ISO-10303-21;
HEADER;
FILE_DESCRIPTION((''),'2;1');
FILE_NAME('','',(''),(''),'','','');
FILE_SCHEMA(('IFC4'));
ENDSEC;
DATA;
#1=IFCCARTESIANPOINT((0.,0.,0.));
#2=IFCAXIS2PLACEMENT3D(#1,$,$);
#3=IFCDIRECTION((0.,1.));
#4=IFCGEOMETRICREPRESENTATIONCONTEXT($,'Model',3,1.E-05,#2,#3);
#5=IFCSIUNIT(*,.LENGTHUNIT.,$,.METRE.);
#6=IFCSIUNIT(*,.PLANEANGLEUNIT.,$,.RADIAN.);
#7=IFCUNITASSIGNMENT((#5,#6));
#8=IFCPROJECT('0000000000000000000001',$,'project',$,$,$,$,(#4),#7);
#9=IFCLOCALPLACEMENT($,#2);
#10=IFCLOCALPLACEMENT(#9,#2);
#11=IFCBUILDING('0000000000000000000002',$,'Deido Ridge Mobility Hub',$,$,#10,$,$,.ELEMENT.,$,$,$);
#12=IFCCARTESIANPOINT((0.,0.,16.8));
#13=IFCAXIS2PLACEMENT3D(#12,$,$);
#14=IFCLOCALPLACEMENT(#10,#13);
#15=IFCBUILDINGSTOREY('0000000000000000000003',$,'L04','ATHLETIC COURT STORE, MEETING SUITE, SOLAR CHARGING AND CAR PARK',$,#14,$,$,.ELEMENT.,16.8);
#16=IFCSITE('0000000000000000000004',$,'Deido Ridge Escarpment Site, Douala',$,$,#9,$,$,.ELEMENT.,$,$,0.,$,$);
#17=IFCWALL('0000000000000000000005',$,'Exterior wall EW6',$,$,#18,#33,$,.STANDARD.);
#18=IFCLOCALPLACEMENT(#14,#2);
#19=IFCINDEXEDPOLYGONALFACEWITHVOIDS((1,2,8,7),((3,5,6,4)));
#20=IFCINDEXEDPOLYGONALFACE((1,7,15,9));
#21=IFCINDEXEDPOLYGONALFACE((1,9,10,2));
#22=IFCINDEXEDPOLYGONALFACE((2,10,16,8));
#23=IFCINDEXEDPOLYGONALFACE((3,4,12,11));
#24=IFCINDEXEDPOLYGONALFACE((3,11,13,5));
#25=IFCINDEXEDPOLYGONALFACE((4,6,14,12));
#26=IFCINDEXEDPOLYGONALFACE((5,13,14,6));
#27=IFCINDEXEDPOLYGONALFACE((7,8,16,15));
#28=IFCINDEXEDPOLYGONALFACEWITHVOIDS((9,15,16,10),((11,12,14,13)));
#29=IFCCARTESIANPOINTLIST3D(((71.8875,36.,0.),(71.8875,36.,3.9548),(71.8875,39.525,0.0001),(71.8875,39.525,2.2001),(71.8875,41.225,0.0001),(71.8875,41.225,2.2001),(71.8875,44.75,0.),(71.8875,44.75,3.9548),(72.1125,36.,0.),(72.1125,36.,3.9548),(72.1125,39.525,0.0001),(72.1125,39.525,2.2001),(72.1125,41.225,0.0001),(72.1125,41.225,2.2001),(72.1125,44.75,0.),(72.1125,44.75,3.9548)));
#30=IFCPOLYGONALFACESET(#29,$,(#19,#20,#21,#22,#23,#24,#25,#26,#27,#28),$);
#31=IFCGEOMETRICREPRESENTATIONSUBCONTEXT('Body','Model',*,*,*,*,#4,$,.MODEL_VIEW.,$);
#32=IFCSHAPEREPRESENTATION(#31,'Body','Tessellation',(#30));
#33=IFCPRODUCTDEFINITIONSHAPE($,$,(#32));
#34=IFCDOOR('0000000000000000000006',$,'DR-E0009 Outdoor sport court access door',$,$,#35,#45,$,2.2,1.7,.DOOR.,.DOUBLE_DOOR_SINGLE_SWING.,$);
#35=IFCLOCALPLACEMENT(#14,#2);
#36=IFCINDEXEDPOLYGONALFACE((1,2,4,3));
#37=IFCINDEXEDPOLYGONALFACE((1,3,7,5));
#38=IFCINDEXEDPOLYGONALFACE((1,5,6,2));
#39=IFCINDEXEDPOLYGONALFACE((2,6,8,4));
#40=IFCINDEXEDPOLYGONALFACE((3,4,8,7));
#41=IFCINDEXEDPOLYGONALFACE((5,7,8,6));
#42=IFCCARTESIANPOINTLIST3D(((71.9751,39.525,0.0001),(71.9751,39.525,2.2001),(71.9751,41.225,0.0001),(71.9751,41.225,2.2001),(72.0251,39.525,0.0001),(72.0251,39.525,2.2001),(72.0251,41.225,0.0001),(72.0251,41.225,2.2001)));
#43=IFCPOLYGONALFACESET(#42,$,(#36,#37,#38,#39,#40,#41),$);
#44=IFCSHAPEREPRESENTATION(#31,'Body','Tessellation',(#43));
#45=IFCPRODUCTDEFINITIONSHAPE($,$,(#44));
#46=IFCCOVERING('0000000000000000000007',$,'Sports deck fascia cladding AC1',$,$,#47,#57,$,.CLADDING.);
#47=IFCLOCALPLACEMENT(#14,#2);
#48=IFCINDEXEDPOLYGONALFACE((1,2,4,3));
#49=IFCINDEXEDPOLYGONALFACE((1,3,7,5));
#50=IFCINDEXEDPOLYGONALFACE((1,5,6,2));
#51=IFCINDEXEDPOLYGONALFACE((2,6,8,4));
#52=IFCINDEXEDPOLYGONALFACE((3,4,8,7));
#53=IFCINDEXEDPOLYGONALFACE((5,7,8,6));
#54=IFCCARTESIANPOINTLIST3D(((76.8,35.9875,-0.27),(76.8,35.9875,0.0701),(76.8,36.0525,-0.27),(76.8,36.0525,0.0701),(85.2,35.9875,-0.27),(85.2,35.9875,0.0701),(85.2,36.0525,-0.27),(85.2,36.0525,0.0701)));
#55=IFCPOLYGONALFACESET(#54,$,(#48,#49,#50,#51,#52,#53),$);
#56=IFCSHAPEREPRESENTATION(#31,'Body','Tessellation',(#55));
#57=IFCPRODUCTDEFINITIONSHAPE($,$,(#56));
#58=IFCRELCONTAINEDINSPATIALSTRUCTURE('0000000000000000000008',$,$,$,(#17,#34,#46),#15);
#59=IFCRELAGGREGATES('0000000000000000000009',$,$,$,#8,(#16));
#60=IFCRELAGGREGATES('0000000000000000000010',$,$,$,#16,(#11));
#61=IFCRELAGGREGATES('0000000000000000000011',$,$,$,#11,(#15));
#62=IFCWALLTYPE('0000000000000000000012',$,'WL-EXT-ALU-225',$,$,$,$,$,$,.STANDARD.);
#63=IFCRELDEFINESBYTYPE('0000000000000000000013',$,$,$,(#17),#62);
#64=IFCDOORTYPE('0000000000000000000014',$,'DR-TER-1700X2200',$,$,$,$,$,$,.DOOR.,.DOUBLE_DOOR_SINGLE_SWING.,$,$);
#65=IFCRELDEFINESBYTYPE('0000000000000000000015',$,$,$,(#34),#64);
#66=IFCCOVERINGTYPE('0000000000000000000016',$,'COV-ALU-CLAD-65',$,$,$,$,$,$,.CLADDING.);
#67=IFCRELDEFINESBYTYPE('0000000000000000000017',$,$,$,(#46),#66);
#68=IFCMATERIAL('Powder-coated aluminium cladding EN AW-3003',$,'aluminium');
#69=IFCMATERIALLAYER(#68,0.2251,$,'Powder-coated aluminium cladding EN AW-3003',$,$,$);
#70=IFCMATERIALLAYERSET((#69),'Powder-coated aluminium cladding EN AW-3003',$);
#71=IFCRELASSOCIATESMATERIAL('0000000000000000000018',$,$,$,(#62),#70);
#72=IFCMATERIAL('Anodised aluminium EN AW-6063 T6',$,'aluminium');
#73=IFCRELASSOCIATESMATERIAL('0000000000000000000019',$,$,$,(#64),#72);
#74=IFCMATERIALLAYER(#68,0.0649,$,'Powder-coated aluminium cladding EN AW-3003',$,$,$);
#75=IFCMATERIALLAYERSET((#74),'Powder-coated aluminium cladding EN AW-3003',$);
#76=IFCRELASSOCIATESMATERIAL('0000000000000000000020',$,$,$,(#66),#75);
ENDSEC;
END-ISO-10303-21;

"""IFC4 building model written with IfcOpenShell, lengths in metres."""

from ifc_helpers import new_model, si_unit, direction, frame, frame_2d, origin, origin_2d, place, context, subcontext, project, spatial, rectangle, extrude, material, layer, layer_set, type_object, element, fill, save


model = new_model("IFC4")

# Units and contexts
model_context = context("Model", 3, precision=1e-05, world=origin(), true_north=direction((0.0, 1.0)))
body_context = subcontext(model_context, "Body", "Model", "MODEL_VIEW")
ifc_project = project(units=[si_unit("LENGTHUNIT", "METRE"), si_unit("PLANEANGLEUNIT", "RADIAN")], contexts=[model_context])

# Site, building, storey
site_placement = place(None, origin())
site = spatial("IfcSite", under=ifc_project, at=site_placement, Name="Deido Ridge Escarpment Site, Douala", CompositionType="ELEMENT", RefElevation=0.0)
building_placement = place(site_placement, origin())
building = spatial("IfcBuilding", under=site, at=building_placement, Name="Deido Ridge Mobility Hub", CompositionType="ELEMENT")
storey_placement = place(building_placement, frame((0.0, 0.0, 16.8)))
storey = spatial("IfcBuildingStorey", under=building, at=storey_placement, Name="L04", Description="ATHLETIC COURT STORE, MEETING SUITE, SOLAR CHARGING AND CAR PARK", CompositionType="ELEMENT", Elevation=16.8)

# Shared definitions
ifc_material_1 = material(Name="Anodised aluminium EN AW-6063 T6", Category="aluminium")

# Wall, opening, door
ifc_material_2 = material(Name="Powder-coated aluminium cladding EN AW-3003", Category="aluminium")
ifc_layer_1 = layer(ifc_material_2, 0.2251, Name="Powder-coated aluminium cladding EN AW-3003")
ifc_layer_set_1 = layer_set([ifc_layer_1], Name="Powder-coated aluminium cladding EN AW-3003")
wall_type = type_object("IfcWallType", Name="WL-EXT-ALU-225", PredefinedType="STANDARD", material=ifc_layer_set_1)
wall_placement = place(storey_placement, frame((72.0, 36.0, 0.0), z_axis=(0.0, 0.0, 1.0), x_axis=(0.0, 1.0, 0.0)))
wall = element("IfcWall", 1, at=wall_placement, inside=storey, type_object=wall_type, Name="Exterior wall EW6", PredefinedType="STANDARD", context=body_context, shape_type="SweptSolid", body=[
    extrude(rectangle(XDim=8.75, YDim=0.2251, at=frame_2d((4.375, 0.0))), origin(), (0.0, 0.0, 1.0), 3.9548),
])
opening_placement = place(wall_placement, frame((3.5249, 0.0, 0.0)))
opening = element("IfcOpeningElement", 2, at=opening_placement, cuts=wall, PredefinedType="OPENING", context=body_context, shape_type="SweptSolid", body=[
    extrude(rectangle(XDim=1.7, YDim=2.2, at=frame_2d((0.8501, 1.1001))), frame((0.0, 0.1226, 0.0), z_axis=(0.0, -1.0, 0.0), x_axis=(1.0, 0.0, 0.0)), (0.0, 0.0, 1.0), 0.2451),
])
door_type = type_object("IfcDoorType", Name="DR-TER-1700X2200", OperationType="DOUBLE_DOOR_SINGLE_SWING", PredefinedType="DOOR", material=ifc_material_1)
door_placement = place(opening_placement, origin())
door = element("IfcDoor", 3, at=door_placement, inside=storey, type_object=door_type, Name="DR-E0009 Outdoor sport court access door", OperationType="DOUBLE_DOOR_SINGLE_SWING", OverallHeight=2.2, OverallWidth=1.7, PredefinedType="DOOR", context=body_context, shape_type="SweptSolid", body=[
    extrude(rectangle(XDim=1.7, YDim=2.2, at=frame_2d((0.8501, 1.1001))), frame((0.0, 0.0249, 0.0), z_axis=(0.0, -1.0, 0.0), x_axis=(1.0, 0.0, 0.0)), (0.0, 0.0, 1.0), 0.05),
])
fill(opening, door)

# Covering
ifc_layer_2 = layer(ifc_material_2, 0.0649, Name="Powder-coated aluminium cladding EN AW-3003")
ifc_layer_set_2 = layer_set([ifc_layer_2], Name="Powder-coated aluminium cladding EN AW-3003")
covering_type = type_object("IfcCoveringType", Name="COV-ALU-CLAD-65", PredefinedType="CLADDING", material=ifc_layer_set_2)
covering_placement = place(storey_placement, frame((81.0, 36.02, -0.27), z_axis=(0.0, 0.0, 1.0), x_axis=(1.0, 0.0, 0.0)))
element("IfcCovering", 4, at=covering_placement, inside=storey, type_object=covering_type, Name="Sports deck fascia cladding AC1", PredefinedType="CLADDING", context=body_context, shape_type="SweptSolid", body=[
    extrude(rectangle(XDim=8.3999, YDim=0.0649, at=origin_2d()), origin(), (0.0, 0.0, 1.0), 0.3401),
])

save(model, "model.ifc")
